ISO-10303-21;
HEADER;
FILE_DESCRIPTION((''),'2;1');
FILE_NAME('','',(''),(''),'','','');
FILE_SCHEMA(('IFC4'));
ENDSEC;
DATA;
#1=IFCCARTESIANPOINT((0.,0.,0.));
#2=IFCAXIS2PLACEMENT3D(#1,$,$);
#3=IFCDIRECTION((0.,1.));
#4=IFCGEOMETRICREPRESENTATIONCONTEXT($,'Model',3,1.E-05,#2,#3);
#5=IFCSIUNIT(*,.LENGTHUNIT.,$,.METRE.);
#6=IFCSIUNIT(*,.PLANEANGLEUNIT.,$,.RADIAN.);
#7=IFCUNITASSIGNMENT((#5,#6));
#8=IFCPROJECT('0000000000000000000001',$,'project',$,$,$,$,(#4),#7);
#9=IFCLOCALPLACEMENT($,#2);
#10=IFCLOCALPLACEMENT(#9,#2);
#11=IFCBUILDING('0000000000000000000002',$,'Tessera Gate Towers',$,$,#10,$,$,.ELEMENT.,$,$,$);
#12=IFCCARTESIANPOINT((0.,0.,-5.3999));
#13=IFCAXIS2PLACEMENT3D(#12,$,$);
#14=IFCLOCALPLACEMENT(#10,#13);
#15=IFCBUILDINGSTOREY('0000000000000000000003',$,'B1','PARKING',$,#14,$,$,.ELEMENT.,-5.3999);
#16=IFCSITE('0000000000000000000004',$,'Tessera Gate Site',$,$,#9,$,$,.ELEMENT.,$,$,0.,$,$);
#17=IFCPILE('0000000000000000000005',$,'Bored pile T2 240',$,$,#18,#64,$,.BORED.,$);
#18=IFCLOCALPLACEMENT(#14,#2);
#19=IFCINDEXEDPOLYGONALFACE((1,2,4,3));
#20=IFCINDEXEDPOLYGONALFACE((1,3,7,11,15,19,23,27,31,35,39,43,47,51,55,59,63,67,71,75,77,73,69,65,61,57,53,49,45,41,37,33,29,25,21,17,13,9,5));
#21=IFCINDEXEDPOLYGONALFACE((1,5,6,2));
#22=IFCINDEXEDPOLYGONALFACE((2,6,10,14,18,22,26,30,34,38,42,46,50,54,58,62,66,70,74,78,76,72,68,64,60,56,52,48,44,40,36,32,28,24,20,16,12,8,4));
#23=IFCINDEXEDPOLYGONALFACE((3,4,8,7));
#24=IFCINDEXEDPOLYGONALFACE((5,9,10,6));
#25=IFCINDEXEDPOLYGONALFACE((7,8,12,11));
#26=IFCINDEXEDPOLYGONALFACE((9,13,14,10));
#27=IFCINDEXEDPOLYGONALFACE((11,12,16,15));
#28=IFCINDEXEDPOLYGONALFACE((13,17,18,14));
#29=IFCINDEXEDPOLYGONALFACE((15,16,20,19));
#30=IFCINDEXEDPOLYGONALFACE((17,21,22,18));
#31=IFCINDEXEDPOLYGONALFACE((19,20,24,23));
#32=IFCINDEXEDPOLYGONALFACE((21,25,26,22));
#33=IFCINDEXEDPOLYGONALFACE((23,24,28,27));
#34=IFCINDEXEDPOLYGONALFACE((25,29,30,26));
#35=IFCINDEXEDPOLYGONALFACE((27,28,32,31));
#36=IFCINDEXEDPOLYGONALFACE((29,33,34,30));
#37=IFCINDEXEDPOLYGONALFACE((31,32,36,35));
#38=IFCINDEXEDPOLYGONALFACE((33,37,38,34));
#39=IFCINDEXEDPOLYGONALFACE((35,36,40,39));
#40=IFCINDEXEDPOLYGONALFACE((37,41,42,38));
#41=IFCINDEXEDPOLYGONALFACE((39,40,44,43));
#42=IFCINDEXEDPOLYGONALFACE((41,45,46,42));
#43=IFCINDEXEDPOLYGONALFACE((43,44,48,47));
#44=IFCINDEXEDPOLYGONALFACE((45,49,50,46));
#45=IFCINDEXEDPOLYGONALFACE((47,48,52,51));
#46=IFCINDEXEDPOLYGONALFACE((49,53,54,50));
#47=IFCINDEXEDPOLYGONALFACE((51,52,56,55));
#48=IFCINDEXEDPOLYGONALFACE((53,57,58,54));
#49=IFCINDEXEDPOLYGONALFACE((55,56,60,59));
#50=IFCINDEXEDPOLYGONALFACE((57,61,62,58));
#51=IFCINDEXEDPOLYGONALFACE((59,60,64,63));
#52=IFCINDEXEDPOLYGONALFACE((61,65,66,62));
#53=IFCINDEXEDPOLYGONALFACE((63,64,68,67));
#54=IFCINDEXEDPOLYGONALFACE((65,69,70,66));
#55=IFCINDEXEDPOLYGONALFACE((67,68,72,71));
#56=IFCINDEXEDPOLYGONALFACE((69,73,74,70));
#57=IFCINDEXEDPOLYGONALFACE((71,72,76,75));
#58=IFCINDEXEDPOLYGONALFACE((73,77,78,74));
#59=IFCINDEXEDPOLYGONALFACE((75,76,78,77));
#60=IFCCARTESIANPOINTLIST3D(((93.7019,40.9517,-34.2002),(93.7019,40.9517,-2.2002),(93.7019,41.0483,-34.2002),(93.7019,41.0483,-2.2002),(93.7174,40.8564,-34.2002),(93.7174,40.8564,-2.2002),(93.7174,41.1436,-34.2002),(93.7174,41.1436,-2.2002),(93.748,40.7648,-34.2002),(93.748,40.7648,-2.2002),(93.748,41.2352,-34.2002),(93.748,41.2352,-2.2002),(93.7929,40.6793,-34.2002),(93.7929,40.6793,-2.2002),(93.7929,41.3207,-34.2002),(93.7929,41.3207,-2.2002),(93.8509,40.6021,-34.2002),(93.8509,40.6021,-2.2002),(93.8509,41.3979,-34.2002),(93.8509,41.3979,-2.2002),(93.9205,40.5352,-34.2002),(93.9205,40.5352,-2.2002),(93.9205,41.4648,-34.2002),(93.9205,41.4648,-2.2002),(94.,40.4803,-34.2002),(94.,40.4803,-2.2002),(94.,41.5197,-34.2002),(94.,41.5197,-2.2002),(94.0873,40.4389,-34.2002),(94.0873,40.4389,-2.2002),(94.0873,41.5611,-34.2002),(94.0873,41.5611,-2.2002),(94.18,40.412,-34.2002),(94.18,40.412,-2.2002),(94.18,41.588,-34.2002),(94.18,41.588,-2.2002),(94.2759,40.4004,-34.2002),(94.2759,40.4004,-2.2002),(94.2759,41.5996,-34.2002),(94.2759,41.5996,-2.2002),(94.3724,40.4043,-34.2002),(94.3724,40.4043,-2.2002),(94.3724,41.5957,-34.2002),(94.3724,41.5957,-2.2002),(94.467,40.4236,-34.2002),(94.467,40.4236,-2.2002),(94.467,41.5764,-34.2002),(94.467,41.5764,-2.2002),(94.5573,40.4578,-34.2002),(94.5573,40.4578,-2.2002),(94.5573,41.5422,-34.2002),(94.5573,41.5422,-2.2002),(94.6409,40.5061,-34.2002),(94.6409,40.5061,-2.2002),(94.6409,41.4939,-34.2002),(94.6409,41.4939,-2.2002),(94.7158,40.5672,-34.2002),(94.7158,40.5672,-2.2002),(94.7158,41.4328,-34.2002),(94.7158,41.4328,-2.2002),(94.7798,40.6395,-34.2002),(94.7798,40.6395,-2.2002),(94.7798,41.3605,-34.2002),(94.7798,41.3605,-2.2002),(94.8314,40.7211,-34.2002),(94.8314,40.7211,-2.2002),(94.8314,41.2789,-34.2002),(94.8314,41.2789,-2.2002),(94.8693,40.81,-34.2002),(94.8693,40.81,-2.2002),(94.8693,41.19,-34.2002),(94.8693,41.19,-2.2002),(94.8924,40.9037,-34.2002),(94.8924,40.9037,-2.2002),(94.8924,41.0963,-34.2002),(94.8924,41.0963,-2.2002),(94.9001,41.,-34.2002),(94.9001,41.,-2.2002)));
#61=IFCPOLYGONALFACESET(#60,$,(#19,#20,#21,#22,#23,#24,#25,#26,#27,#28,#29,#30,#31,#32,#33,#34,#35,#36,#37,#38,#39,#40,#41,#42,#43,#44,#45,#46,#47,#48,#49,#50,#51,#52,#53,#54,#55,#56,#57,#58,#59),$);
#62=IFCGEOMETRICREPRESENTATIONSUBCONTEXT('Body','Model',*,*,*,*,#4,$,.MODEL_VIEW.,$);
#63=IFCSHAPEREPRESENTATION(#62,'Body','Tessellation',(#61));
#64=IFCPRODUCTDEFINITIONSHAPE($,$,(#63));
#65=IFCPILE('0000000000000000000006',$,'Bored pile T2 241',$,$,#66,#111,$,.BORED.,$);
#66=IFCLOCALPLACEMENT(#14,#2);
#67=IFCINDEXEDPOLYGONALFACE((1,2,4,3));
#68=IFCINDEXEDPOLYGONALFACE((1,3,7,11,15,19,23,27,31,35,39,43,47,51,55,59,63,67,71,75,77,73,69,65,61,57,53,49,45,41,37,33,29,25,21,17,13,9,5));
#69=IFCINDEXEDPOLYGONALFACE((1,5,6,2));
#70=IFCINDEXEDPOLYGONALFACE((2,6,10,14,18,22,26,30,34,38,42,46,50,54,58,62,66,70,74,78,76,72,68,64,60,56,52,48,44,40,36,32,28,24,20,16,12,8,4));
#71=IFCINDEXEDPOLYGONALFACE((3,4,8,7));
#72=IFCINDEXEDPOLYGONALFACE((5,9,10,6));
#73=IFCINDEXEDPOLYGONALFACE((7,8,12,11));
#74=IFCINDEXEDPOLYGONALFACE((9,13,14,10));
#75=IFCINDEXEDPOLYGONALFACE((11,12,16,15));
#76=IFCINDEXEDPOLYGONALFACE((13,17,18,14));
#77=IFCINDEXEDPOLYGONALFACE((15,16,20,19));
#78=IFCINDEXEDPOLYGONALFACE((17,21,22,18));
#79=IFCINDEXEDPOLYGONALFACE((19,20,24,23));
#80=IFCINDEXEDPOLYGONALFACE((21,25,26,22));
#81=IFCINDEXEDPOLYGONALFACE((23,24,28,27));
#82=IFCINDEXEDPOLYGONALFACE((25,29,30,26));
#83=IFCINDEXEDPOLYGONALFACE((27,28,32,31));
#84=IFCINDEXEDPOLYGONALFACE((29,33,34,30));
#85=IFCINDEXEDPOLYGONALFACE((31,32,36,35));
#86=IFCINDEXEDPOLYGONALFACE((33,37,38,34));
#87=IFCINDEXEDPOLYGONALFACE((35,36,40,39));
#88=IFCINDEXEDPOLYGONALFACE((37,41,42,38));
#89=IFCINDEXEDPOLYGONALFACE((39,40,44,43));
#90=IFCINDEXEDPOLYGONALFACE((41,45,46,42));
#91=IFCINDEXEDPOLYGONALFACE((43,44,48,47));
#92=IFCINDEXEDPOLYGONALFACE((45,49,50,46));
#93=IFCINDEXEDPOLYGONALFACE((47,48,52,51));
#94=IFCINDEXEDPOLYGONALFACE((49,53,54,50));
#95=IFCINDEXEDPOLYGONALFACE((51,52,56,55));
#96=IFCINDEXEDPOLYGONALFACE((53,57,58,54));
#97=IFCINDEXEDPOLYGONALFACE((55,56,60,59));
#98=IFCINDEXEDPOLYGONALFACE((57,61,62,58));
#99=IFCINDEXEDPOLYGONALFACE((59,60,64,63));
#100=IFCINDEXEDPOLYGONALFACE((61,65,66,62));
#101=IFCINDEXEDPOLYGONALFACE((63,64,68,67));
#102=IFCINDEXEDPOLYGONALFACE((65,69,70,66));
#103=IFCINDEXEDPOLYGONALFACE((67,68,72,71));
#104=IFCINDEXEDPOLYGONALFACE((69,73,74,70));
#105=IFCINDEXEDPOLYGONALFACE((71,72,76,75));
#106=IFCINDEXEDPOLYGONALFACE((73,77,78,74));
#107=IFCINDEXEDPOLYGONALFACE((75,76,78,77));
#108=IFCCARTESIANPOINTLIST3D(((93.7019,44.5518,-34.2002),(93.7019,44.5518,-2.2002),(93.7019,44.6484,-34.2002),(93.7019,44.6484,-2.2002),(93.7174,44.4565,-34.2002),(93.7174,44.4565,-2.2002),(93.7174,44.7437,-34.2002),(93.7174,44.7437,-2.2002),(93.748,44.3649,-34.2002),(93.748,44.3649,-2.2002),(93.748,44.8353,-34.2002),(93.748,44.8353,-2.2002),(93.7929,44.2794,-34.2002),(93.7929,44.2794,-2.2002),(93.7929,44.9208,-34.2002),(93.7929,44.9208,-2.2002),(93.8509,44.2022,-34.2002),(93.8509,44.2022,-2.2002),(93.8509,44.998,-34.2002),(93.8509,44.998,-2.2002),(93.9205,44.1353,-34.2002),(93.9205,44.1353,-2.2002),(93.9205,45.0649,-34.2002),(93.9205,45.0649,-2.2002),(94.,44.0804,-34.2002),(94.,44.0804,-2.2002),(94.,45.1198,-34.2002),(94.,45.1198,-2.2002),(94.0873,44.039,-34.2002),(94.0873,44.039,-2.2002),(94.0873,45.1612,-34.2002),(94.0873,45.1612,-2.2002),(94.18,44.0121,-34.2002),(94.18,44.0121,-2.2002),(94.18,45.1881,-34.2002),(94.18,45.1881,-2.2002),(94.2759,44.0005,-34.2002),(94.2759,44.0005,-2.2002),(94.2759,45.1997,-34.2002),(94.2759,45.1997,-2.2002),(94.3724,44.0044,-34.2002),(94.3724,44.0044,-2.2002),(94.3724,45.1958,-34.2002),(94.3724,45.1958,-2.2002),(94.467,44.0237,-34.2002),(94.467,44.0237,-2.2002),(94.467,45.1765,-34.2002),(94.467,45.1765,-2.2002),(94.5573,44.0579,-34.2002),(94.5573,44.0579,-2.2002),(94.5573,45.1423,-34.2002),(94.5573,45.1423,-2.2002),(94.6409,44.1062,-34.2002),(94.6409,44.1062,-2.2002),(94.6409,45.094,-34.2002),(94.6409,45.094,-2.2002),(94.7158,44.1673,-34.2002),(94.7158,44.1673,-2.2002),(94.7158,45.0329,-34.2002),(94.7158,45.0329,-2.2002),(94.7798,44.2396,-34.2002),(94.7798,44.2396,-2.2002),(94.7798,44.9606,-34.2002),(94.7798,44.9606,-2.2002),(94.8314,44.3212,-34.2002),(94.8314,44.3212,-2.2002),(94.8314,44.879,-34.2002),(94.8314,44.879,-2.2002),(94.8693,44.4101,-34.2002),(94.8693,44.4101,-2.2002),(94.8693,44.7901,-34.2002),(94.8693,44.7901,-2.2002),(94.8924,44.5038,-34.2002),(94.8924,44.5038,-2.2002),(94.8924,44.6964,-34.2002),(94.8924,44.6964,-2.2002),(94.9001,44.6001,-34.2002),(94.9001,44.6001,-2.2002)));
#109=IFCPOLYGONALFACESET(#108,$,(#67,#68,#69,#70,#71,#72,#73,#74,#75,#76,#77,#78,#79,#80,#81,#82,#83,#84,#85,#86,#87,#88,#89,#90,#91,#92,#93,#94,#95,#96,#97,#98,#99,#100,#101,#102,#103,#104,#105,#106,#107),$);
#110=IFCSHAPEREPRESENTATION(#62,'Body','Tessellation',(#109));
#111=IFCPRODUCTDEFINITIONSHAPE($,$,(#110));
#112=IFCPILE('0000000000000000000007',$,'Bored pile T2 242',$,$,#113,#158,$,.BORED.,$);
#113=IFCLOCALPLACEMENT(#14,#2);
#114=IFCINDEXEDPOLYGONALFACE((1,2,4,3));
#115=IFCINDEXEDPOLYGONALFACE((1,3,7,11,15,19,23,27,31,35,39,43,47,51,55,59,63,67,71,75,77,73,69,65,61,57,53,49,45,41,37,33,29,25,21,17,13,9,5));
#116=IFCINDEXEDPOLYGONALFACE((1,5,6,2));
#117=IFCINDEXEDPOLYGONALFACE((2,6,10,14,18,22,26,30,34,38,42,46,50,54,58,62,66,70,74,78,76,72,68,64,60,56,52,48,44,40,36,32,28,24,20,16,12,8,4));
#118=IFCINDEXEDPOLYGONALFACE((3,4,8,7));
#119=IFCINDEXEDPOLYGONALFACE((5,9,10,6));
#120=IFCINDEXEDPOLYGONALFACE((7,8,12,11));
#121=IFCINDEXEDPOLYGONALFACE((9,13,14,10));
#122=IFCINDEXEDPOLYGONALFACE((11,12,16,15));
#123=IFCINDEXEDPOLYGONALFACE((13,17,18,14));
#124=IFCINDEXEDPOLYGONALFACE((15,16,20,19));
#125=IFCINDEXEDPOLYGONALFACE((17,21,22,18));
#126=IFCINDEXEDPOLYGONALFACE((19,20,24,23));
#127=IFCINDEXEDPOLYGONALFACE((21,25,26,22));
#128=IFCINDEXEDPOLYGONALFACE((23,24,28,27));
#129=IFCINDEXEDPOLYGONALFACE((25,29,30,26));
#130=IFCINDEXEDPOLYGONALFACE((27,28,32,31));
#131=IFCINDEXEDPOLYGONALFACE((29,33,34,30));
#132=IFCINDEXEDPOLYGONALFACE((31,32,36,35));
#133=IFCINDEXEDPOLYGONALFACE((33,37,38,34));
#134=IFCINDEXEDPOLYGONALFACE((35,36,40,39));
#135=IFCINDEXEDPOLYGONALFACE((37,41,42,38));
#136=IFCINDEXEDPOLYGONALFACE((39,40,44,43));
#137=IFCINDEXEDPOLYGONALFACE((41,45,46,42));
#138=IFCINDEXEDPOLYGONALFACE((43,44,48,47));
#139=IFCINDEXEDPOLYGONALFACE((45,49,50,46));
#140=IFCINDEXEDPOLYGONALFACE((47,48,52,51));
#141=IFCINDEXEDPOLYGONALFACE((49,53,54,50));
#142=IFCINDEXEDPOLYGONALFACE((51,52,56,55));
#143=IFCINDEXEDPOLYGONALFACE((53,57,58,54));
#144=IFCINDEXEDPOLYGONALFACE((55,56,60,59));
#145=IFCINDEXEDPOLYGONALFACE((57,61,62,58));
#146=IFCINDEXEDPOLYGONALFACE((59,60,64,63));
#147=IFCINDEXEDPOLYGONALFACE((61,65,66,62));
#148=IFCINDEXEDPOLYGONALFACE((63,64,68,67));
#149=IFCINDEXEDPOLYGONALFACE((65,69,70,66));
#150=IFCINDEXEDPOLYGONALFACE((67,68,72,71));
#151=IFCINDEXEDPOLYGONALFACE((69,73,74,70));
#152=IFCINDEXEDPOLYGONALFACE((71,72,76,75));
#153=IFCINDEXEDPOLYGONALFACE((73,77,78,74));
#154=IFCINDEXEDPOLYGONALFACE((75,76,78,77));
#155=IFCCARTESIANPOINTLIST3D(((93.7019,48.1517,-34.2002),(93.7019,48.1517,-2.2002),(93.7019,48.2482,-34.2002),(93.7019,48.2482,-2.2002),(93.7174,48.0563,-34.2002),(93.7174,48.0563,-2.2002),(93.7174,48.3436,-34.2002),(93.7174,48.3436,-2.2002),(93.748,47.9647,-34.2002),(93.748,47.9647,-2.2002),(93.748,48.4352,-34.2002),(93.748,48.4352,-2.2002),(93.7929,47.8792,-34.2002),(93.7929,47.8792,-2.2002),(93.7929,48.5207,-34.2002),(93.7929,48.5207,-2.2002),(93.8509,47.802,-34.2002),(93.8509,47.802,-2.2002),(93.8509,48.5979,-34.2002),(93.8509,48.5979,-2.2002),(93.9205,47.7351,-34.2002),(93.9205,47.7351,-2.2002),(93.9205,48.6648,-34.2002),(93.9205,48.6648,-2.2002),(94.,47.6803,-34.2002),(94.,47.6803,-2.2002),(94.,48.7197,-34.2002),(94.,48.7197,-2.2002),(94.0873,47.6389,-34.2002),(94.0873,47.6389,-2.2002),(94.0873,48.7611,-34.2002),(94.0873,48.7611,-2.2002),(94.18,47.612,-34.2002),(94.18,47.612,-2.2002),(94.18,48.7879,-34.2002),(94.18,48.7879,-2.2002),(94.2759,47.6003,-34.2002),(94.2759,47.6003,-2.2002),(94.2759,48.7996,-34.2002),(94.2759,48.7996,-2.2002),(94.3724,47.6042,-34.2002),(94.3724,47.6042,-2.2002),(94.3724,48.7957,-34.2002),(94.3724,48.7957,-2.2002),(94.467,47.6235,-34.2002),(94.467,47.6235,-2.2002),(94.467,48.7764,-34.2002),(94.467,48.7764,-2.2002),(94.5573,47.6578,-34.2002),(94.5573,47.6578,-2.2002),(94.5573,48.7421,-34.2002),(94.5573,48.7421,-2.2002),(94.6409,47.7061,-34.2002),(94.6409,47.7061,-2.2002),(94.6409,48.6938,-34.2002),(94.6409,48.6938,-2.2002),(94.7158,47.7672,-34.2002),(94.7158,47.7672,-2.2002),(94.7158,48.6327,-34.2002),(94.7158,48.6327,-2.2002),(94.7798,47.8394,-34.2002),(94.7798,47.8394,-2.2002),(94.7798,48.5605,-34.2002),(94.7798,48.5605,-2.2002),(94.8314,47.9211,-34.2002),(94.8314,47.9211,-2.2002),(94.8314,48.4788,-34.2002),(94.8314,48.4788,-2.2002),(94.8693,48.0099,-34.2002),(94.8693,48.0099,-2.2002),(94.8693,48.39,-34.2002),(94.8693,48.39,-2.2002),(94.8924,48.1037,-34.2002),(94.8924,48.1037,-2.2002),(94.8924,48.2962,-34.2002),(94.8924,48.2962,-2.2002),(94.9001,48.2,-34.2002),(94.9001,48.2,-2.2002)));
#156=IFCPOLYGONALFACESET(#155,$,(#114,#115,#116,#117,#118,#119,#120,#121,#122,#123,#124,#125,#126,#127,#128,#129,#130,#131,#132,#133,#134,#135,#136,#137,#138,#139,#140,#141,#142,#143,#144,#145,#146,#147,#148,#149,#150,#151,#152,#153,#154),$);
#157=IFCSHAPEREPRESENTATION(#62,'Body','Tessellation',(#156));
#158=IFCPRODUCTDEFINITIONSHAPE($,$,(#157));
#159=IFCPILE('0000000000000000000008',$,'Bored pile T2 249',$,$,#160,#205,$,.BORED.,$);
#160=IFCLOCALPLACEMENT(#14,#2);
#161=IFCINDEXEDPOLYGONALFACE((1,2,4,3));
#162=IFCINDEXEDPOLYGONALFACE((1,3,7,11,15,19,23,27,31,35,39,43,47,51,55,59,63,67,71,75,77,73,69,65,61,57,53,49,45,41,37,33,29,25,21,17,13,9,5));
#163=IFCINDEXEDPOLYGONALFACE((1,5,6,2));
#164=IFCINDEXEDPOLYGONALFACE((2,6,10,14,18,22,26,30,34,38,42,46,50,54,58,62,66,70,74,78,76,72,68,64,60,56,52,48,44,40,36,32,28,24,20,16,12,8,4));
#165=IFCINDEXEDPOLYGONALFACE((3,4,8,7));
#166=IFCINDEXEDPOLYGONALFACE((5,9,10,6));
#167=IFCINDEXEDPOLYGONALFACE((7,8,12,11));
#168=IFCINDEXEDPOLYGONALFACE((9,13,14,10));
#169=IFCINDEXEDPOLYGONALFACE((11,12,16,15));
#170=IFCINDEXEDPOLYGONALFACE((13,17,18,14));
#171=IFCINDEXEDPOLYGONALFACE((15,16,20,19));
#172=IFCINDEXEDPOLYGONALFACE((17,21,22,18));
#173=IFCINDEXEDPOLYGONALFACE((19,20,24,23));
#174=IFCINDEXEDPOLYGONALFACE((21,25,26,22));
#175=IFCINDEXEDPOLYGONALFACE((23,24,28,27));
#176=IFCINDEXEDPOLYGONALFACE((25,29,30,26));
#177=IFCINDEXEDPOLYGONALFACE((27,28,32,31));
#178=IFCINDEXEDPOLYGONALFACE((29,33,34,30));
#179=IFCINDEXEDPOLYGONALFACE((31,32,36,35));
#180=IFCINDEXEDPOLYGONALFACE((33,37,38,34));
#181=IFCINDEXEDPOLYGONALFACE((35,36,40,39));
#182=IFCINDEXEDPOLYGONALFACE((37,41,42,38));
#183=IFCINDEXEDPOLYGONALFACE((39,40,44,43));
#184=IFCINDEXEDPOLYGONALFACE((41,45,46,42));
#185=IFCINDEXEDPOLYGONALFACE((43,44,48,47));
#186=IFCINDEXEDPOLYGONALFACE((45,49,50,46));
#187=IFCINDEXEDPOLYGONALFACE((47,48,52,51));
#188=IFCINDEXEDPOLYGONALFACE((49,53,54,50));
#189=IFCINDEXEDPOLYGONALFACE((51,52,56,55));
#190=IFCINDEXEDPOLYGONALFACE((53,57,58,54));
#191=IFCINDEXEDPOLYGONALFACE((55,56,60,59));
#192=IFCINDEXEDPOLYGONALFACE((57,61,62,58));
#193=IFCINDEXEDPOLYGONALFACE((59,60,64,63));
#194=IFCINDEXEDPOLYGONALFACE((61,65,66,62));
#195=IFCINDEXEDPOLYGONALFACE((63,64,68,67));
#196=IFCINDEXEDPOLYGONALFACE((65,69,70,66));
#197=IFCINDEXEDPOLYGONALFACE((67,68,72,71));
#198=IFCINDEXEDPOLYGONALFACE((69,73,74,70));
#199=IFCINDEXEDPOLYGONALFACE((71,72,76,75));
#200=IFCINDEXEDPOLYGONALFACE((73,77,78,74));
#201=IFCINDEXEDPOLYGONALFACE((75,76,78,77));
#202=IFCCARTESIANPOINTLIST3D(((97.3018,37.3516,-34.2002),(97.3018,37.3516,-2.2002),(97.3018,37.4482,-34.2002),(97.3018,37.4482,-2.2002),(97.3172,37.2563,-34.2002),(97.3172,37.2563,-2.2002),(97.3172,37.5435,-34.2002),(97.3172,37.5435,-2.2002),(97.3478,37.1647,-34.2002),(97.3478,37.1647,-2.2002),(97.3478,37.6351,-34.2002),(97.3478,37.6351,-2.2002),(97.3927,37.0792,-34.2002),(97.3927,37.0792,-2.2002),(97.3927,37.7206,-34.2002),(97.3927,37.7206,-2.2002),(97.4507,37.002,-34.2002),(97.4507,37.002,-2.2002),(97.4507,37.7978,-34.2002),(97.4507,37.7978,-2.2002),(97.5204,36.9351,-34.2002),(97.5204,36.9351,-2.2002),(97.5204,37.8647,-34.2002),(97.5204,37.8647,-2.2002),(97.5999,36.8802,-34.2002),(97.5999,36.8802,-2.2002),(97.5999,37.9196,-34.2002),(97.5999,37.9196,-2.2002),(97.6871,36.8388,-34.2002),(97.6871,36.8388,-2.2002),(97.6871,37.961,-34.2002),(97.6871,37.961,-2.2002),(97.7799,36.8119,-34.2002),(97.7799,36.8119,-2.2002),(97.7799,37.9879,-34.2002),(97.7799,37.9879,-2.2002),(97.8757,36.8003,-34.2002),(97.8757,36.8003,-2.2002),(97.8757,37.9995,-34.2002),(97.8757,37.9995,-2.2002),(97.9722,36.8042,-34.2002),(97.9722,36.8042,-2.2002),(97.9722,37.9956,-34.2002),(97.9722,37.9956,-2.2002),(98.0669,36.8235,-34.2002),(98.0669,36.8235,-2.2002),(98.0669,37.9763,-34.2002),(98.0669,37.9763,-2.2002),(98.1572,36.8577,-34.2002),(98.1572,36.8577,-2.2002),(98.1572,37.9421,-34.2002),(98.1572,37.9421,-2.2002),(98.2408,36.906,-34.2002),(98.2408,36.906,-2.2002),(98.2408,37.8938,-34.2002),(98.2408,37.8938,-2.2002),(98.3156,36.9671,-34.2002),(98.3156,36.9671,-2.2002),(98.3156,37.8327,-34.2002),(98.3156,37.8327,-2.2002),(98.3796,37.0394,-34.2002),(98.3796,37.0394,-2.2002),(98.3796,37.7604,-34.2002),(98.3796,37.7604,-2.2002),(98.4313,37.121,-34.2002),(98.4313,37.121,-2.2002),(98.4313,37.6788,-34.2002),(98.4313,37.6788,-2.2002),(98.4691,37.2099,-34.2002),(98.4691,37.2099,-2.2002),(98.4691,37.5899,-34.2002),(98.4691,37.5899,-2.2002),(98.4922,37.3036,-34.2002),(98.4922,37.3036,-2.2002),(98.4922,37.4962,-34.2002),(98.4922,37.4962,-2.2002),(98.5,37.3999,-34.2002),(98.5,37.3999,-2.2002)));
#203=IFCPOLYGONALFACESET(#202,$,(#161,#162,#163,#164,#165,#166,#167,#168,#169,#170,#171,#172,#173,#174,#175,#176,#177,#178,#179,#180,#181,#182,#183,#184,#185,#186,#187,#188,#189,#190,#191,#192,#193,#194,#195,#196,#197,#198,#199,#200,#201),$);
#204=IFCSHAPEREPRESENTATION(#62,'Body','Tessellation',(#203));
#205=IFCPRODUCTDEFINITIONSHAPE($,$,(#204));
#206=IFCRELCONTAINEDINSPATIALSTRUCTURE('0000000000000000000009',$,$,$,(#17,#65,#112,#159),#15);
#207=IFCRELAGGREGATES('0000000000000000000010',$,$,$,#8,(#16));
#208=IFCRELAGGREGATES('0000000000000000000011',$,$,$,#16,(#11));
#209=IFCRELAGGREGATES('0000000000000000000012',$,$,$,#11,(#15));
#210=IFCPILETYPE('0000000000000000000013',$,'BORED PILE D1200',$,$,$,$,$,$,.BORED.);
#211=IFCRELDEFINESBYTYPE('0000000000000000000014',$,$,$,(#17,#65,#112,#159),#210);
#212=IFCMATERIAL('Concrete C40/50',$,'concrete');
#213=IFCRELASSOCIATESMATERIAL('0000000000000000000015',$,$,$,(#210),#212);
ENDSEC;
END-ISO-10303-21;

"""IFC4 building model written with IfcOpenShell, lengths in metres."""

from ifc_helpers import new_model, si_unit, direction, frame, origin, origin_2d, place, context, subcontext, project, spatial, circle, extrude, material, material_profile, profile_set, type_object, element, save


model = new_model("IFC4")

# Units and contexts
model_context = context("Model", 3, precision=1e-05, world=origin(), true_north=direction((0.0, 1.0)))
body_context = subcontext(model_context, "Body", "Model", "MODEL_VIEW")
ifc_project = project(units=[si_unit("LENGTHUNIT", "METRE"), si_unit("PLANEANGLEUNIT", "RADIAN")], contexts=[model_context])

# Site, building, storey
site_placement = place(None, origin())
site = spatial("IfcSite", under=ifc_project, at=site_placement, Name="Tessera Gate Site", CompositionType="ELEMENT", RefElevation=0.0)
building_placement = place(site_placement, origin())
building = spatial("IfcBuilding", under=site, at=building_placement, Name="Tessera Gate Towers", CompositionType="ELEMENT")
storey_placement = place(building_placement, frame((0.0, 0.0, -5.3999)))
storey = spatial("IfcBuildingStorey", under=building, at=storey_placement, Name="B1", Description="PARKING", CompositionType="ELEMENT", Elevation=-5.3999)

# Piles
ifc_material_1 = material(Name="Concrete C40/50", Category="concrete")
ifc_material_profile_1 = material_profile(ifc_material_1, circle(Radius=0.6001, at=origin_2d()), Name="BORED PILE D1200")
ifc_profile_set_1 = profile_set([ifc_material_profile_1], Name="Concrete C40/50")
pile_type = type_object("IfcPileType", Name="BORED PILE D1200", PredefinedType="BORED", material=ifc_profile_set_1)
for number, where, z_axis, x_axis, name in (
    (1, (94.3, 41.0, -2.2002), (0.0, 0.0, -1.0), (1.0, 0.0, 0.0), "Bored pile T2 240"),
    (2, (94.3, 44.6001, -2.2002), (0.0, 0.0, -1.0), (1.0, 0.0, 0.0), "Bored pile T2 241"),
    (3, (94.3, 48.2, -2.2002), (0.0, 0.0, -1.0), (1.0, 0.0, 0.0), "Bored pile T2 242"),
    (4, (97.8999, 37.3999, -2.2002), (0.0, 0.0, -1.0), (1.0, 0.0, 0.0), "Bored pile T2 249"),
):
    element("IfcPile", number, at=place(storey_placement, frame(where, z_axis=z_axis, x_axis=x_axis)), inside=storey, type_object=pile_type, Name=name, PredefinedType="BORED", context=body_context, shape_type="SweptSolid", body=[
        extrude(circle(Radius=0.6001, at=origin_2d()), origin(), (0.0, 0.0, 1.0), 32.0),
    ])

save(model, "model.ifc")
